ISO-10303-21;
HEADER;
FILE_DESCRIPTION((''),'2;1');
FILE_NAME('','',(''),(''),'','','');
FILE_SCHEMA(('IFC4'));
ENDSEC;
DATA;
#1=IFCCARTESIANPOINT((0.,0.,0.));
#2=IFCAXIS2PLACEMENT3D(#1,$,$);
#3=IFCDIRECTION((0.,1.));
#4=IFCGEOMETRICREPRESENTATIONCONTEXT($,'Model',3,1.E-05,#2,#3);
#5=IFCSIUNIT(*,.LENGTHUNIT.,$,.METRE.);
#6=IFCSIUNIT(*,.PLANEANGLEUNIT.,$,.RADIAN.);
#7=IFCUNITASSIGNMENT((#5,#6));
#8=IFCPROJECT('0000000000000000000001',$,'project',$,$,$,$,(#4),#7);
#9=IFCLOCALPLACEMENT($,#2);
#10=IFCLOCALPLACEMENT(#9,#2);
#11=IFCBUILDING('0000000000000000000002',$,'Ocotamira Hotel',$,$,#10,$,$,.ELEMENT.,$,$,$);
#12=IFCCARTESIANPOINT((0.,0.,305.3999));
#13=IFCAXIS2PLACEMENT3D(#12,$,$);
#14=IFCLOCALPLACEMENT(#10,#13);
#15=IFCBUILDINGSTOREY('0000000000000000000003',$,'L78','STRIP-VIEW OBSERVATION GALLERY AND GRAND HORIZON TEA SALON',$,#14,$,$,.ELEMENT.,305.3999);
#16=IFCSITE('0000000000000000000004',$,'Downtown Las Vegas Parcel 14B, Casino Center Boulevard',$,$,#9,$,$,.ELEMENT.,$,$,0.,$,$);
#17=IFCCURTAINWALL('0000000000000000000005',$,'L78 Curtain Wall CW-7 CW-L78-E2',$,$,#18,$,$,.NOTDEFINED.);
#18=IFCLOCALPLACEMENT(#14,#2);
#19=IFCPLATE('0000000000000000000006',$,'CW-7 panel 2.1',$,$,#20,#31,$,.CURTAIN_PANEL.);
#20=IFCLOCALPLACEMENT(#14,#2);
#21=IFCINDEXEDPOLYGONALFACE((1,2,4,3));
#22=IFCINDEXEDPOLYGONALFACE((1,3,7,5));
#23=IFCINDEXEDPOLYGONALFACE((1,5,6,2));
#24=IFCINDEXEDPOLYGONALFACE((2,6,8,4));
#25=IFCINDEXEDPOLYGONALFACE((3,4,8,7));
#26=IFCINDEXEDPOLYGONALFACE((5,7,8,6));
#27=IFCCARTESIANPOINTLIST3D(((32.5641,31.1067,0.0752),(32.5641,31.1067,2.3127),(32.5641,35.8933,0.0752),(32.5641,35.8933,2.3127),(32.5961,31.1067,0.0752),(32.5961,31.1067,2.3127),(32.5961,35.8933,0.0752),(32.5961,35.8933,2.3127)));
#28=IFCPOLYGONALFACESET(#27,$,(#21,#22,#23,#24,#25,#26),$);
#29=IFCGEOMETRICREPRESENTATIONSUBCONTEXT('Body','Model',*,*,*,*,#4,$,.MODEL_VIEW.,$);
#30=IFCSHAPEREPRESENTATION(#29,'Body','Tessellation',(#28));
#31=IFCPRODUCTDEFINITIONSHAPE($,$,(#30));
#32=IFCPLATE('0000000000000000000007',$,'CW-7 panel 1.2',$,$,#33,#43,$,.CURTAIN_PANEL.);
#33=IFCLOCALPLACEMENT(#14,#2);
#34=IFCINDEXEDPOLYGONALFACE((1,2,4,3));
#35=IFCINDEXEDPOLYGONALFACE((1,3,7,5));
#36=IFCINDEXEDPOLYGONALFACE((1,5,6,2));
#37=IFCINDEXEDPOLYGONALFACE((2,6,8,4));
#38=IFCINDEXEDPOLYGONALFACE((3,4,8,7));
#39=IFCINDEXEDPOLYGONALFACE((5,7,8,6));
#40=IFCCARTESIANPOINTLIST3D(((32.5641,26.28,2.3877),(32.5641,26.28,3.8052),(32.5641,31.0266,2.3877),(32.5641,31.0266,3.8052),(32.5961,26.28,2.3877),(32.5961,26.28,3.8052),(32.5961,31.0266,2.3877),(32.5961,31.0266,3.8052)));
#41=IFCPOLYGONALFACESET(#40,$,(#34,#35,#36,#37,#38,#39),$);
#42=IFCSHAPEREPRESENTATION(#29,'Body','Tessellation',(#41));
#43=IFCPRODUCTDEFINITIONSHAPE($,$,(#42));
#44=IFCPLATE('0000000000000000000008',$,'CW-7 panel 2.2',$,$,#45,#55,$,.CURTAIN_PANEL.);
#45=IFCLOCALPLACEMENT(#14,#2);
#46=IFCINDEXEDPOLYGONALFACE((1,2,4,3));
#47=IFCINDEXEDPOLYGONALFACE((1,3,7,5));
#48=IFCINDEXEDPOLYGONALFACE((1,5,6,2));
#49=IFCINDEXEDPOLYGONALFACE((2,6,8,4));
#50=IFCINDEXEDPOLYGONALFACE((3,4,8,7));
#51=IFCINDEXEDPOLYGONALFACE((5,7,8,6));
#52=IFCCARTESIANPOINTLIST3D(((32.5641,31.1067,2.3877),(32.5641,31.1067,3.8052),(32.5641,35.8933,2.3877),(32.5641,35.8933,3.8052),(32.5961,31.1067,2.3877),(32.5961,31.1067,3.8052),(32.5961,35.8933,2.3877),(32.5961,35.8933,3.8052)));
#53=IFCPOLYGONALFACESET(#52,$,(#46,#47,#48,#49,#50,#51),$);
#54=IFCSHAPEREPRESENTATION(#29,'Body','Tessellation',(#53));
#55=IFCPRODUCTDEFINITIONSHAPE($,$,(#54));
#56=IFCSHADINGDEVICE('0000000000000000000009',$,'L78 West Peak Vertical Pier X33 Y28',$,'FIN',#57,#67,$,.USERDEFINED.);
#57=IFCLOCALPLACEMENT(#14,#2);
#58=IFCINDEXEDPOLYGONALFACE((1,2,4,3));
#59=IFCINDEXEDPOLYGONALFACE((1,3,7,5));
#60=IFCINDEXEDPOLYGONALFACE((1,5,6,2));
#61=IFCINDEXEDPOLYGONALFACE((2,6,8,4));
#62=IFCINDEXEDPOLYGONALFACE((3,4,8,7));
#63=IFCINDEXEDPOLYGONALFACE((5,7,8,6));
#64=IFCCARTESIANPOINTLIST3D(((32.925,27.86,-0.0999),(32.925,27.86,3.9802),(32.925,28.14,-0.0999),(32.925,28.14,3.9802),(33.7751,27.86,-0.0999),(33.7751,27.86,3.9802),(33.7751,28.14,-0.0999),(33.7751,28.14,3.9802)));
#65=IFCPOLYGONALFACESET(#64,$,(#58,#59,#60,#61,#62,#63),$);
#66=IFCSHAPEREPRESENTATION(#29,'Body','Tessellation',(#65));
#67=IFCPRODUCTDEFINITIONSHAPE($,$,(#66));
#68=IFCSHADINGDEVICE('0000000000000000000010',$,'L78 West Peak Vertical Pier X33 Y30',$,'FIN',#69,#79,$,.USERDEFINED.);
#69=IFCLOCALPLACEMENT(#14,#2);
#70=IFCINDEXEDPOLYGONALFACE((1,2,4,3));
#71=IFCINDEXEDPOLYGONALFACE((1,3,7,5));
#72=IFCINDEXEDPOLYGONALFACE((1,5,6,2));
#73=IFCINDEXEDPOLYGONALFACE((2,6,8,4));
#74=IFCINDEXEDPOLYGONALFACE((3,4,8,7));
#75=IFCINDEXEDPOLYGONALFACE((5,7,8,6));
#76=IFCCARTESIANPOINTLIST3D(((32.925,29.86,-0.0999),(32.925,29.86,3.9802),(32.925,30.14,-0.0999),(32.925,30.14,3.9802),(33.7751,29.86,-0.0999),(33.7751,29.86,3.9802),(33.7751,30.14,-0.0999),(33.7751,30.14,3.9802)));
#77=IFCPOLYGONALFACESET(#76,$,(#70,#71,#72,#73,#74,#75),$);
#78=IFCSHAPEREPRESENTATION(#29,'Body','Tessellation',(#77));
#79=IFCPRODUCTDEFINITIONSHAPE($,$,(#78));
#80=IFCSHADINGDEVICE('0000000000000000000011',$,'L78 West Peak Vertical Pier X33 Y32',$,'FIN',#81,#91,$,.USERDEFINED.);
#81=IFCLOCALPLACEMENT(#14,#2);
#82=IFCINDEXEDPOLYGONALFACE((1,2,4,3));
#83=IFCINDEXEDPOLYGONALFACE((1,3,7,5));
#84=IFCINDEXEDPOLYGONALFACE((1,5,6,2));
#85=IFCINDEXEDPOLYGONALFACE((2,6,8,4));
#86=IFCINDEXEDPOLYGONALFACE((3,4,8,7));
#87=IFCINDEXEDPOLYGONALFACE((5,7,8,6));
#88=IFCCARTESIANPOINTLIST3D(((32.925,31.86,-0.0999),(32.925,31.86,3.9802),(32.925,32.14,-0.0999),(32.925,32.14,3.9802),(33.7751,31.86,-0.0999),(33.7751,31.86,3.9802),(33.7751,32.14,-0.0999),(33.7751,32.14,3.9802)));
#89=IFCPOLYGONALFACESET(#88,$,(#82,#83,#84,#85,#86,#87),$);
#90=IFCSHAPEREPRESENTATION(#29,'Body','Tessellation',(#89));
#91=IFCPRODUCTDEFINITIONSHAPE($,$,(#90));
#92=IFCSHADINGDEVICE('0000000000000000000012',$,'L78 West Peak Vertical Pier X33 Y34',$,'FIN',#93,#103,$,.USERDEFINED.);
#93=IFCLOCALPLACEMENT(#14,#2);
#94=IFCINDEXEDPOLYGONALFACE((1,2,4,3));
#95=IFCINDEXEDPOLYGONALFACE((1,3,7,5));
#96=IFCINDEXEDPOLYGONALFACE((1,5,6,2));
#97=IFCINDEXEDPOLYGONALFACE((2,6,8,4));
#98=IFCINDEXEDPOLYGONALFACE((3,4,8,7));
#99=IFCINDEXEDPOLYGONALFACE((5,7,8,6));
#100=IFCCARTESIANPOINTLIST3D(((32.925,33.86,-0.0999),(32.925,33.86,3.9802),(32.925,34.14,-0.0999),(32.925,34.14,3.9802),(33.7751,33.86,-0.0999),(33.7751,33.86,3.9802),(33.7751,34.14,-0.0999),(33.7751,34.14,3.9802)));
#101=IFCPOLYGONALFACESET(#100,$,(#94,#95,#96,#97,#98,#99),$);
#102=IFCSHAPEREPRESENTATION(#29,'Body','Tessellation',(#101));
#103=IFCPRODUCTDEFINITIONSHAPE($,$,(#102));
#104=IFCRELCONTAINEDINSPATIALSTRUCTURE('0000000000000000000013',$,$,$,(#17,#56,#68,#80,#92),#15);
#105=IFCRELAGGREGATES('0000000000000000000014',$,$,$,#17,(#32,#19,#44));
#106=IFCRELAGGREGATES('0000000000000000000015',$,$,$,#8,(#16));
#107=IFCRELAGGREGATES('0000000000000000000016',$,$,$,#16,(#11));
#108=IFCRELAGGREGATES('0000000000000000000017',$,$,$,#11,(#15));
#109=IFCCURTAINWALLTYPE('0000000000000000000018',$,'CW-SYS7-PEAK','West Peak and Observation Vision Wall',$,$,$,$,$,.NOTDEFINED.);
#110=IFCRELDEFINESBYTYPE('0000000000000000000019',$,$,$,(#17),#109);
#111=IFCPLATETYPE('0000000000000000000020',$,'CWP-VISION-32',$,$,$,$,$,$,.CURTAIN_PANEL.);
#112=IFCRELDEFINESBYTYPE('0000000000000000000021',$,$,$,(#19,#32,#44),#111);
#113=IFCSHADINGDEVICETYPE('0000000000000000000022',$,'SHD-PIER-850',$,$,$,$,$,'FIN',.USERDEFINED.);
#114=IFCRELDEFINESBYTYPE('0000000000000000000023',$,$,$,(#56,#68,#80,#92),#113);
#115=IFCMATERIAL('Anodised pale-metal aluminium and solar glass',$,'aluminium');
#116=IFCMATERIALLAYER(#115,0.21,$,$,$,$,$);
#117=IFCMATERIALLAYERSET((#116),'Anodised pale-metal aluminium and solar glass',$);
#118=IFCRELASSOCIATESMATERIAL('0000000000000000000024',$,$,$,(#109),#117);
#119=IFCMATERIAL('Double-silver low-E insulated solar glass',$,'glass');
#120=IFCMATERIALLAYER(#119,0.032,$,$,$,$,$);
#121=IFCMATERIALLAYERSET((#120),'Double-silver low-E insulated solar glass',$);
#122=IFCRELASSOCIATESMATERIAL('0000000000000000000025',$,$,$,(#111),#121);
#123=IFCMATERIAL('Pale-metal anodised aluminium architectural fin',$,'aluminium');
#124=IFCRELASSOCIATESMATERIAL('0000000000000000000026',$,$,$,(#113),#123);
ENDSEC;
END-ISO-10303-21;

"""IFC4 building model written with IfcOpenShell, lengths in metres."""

from ifc_helpers import new_model, si_unit, direction, frame, origin, origin_2d, place, context, subcontext, project, spatial, rectangle, extrude, source, transform, mapped, material, layer, layer_set, type_object, element, aggregate, save


model = new_model("IFC4")

# Units and contexts
model_context = context("Model", 3, precision=1e-05, world=origin(), true_north=direction((0.0, 1.0)))
body_context = subcontext(model_context, "Body", "Model", "MODEL_VIEW")
ifc_project = project(units=[si_unit("LENGTHUNIT", "METRE"), si_unit("PLANEANGLEUNIT", "RADIAN")], contexts=[model_context])

# Site, building, storey
site_placement = place(None, origin())
site = spatial("IfcSite", under=ifc_project, at=site_placement, Name="Downtown Las Vegas Parcel 14B, Casino Center Boulevard", CompositionType="ELEMENT", RefElevation=0.0)
building_placement = place(site_placement, origin())
building = spatial("IfcBuilding", under=site, at=building_placement, Name="Ocotamira Hotel", CompositionType="ELEMENT")
storey_placement = place(building_placement, frame((0.0, 0.0, 305.3999)))
storey = spatial("IfcBuildingStorey", under=building, at=storey_placement, Name="L78", Description="STRIP-VIEW OBSERVATION GALLERY AND GRAND HORIZON TEA SALON", CompositionType="ELEMENT", Elevation=305.3999)

# Curtain wall, plates
ifc_material_1 = material(Name="Anodised pale-metal aluminium and solar glass", Category="aluminium")
ifc_layer_1 = layer(ifc_material_1, 0.21)
ifc_layer_set_1 = layer_set([ifc_layer_1], Name="Anodised pale-metal aluminium and solar glass")
curtain_wall_type = type_object("IfcCurtainWallType", Name="CW-SYS7-PEAK", Description="West Peak and Observation Vision Wall", PredefinedType="NOTDEFINED", material=ifc_layer_set_1)
curtain_wall_placement = place(storey_placement, origin())
curtain_wall = element("IfcCurtainWall", 1, at=curtain_wall_placement, inside=storey, type_object=curtain_wall_type, Name="L78 Curtain Wall CW-7 CW-L78-E2", PredefinedType="NOTDEFINED")
ifc_material_2 = material(Name="Double-silver low-E insulated solar glass", Category="glass")
ifc_layer_2 = layer(ifc_material_2, 0.032)
ifc_layer_set_2 = layer_set([ifc_layer_2], Name="Double-silver low-E insulated solar glass")
plate_type = type_object("IfcPlateType", Name="CWP-VISION-32", PredefinedType="CURTAIN_PANEL", material=ifc_layer_set_2)
shared_shape_1 = source(origin(), body_context, "Body", "SweptSolid", [
    extrude(rectangle(XDim=4.7866, YDim=0.032, at=origin_2d()), origin(), (0.0, 0.0, 1.0), 2.2375),
])
plate_1_placement = place(storey_placement, frame((32.5801, 33.5, 0.0752), z_axis=(0.0, 0.0, 1.0), x_axis=(0.0, 1.0, 0.0)))
plate_1 = element("IfcPlate", 2, at=plate_1_placement, type_object=plate_type, Name="CW-7 panel 2.1", PredefinedType="CURTAIN_PANEL", context=body_context, shape_type="MappedRepresentation", body=[
    mapped(shared_shape_1, transform((0.0, 0.0, 0.0), scale=1.0)),
])
shared_shape_2 = source(origin(), body_context, "Body", "SweptSolid", [
    extrude(rectangle(XDim=4.7466, YDim=0.032, at=origin_2d()), origin(), (0.0, 0.0, 1.0), 1.4175),
])
plate_2_placement = place(storey_placement, frame((32.5801, 28.6533, 2.3877), z_axis=(0.0, 0.0, 1.0), x_axis=(0.0, 1.0, 0.0)))
plate_2 = element("IfcPlate", 3, at=plate_2_placement, type_object=plate_type, Name="CW-7 panel 1.2", PredefinedType="CURTAIN_PANEL", context=body_context, shape_type="MappedRepresentation", body=[
    mapped(shared_shape_2, transform((0.0, 0.0, 0.0), scale=1.0)),
])
shared_shape_3 = source(origin(), body_context, "Body", "SweptSolid", [
    extrude(rectangle(XDim=4.7866, YDim=0.032, at=origin_2d()), origin(), (0.0, 0.0, 1.0), 1.4175),
])
plate_3_placement = place(storey_placement, frame((32.5801, 33.5, 2.3877), z_axis=(0.0, 0.0, 1.0), x_axis=(0.0, 1.0, 0.0)))
plate_3 = element("IfcPlate", 4, at=plate_3_placement, type_object=plate_type, Name="CW-7 panel 2.2", PredefinedType="CURTAIN_PANEL", context=body_context, shape_type="MappedRepresentation", body=[
    mapped(shared_shape_3, transform((0.0, 0.0, 0.0), scale=1.0)),
])
aggregate(curtain_wall, [plate_2, plate_1, plate_3])

# Shading devices
ifc_material_3 = material(Name="Pale-metal anodised aluminium architectural fin", Category="aluminium")
shading_device_type = type_object("IfcShadingDeviceType", Name="SHD-PIER-850", ElementType="FIN", PredefinedType="USERDEFINED", material=ifc_material_3)
shared_shape_4 = source(origin(), body_context, "Body", "SweptSolid", [
    extrude(rectangle(XDim=0.8501, YDim=0.28, at=origin_2d()), origin(), (0.0, 0.0, 1.0), 4.0801),
])
for number, where, z_axis, x_axis, name in (
    (5, (33.3501, 28.0, -0.0999), (0.0, 0.0, 1.0), (1.0, 0.0, 0.0), "L78 West Peak Vertical Pier X33 Y28"),
    (6, (33.3501, 30.0, -0.0999), (0.0, 0.0, 1.0), (1.0, 0.0, 0.0), "L78 West Peak Vertical Pier X33 Y30"),
    (7, (33.3501, 32.0, -0.0999), (0.0, 0.0, 1.0), (1.0, 0.0, 0.0), "L78 West Peak Vertical Pier X33 Y32"),
    (8, (33.3501, 34.0, -0.0999), (0.0, 0.0, 1.0), (1.0, 0.0, 0.0), "L78 West Peak Vertical Pier X33 Y34"),
):
    element("IfcShadingDevice", number, at=place(storey_placement, frame(where, z_axis=z_axis, x_axis=x_axis)), inside=storey, type_object=shading_device_type, Name=name, ObjectType="FIN", PredefinedType="USERDEFINED", context=body_context, shape_type="MappedRepresentation", body=[
        mapped(shared_shape_4, transform((0.0, 0.0, 0.0), scale=1.0)),
    ])

save(model, "model.ifc")
